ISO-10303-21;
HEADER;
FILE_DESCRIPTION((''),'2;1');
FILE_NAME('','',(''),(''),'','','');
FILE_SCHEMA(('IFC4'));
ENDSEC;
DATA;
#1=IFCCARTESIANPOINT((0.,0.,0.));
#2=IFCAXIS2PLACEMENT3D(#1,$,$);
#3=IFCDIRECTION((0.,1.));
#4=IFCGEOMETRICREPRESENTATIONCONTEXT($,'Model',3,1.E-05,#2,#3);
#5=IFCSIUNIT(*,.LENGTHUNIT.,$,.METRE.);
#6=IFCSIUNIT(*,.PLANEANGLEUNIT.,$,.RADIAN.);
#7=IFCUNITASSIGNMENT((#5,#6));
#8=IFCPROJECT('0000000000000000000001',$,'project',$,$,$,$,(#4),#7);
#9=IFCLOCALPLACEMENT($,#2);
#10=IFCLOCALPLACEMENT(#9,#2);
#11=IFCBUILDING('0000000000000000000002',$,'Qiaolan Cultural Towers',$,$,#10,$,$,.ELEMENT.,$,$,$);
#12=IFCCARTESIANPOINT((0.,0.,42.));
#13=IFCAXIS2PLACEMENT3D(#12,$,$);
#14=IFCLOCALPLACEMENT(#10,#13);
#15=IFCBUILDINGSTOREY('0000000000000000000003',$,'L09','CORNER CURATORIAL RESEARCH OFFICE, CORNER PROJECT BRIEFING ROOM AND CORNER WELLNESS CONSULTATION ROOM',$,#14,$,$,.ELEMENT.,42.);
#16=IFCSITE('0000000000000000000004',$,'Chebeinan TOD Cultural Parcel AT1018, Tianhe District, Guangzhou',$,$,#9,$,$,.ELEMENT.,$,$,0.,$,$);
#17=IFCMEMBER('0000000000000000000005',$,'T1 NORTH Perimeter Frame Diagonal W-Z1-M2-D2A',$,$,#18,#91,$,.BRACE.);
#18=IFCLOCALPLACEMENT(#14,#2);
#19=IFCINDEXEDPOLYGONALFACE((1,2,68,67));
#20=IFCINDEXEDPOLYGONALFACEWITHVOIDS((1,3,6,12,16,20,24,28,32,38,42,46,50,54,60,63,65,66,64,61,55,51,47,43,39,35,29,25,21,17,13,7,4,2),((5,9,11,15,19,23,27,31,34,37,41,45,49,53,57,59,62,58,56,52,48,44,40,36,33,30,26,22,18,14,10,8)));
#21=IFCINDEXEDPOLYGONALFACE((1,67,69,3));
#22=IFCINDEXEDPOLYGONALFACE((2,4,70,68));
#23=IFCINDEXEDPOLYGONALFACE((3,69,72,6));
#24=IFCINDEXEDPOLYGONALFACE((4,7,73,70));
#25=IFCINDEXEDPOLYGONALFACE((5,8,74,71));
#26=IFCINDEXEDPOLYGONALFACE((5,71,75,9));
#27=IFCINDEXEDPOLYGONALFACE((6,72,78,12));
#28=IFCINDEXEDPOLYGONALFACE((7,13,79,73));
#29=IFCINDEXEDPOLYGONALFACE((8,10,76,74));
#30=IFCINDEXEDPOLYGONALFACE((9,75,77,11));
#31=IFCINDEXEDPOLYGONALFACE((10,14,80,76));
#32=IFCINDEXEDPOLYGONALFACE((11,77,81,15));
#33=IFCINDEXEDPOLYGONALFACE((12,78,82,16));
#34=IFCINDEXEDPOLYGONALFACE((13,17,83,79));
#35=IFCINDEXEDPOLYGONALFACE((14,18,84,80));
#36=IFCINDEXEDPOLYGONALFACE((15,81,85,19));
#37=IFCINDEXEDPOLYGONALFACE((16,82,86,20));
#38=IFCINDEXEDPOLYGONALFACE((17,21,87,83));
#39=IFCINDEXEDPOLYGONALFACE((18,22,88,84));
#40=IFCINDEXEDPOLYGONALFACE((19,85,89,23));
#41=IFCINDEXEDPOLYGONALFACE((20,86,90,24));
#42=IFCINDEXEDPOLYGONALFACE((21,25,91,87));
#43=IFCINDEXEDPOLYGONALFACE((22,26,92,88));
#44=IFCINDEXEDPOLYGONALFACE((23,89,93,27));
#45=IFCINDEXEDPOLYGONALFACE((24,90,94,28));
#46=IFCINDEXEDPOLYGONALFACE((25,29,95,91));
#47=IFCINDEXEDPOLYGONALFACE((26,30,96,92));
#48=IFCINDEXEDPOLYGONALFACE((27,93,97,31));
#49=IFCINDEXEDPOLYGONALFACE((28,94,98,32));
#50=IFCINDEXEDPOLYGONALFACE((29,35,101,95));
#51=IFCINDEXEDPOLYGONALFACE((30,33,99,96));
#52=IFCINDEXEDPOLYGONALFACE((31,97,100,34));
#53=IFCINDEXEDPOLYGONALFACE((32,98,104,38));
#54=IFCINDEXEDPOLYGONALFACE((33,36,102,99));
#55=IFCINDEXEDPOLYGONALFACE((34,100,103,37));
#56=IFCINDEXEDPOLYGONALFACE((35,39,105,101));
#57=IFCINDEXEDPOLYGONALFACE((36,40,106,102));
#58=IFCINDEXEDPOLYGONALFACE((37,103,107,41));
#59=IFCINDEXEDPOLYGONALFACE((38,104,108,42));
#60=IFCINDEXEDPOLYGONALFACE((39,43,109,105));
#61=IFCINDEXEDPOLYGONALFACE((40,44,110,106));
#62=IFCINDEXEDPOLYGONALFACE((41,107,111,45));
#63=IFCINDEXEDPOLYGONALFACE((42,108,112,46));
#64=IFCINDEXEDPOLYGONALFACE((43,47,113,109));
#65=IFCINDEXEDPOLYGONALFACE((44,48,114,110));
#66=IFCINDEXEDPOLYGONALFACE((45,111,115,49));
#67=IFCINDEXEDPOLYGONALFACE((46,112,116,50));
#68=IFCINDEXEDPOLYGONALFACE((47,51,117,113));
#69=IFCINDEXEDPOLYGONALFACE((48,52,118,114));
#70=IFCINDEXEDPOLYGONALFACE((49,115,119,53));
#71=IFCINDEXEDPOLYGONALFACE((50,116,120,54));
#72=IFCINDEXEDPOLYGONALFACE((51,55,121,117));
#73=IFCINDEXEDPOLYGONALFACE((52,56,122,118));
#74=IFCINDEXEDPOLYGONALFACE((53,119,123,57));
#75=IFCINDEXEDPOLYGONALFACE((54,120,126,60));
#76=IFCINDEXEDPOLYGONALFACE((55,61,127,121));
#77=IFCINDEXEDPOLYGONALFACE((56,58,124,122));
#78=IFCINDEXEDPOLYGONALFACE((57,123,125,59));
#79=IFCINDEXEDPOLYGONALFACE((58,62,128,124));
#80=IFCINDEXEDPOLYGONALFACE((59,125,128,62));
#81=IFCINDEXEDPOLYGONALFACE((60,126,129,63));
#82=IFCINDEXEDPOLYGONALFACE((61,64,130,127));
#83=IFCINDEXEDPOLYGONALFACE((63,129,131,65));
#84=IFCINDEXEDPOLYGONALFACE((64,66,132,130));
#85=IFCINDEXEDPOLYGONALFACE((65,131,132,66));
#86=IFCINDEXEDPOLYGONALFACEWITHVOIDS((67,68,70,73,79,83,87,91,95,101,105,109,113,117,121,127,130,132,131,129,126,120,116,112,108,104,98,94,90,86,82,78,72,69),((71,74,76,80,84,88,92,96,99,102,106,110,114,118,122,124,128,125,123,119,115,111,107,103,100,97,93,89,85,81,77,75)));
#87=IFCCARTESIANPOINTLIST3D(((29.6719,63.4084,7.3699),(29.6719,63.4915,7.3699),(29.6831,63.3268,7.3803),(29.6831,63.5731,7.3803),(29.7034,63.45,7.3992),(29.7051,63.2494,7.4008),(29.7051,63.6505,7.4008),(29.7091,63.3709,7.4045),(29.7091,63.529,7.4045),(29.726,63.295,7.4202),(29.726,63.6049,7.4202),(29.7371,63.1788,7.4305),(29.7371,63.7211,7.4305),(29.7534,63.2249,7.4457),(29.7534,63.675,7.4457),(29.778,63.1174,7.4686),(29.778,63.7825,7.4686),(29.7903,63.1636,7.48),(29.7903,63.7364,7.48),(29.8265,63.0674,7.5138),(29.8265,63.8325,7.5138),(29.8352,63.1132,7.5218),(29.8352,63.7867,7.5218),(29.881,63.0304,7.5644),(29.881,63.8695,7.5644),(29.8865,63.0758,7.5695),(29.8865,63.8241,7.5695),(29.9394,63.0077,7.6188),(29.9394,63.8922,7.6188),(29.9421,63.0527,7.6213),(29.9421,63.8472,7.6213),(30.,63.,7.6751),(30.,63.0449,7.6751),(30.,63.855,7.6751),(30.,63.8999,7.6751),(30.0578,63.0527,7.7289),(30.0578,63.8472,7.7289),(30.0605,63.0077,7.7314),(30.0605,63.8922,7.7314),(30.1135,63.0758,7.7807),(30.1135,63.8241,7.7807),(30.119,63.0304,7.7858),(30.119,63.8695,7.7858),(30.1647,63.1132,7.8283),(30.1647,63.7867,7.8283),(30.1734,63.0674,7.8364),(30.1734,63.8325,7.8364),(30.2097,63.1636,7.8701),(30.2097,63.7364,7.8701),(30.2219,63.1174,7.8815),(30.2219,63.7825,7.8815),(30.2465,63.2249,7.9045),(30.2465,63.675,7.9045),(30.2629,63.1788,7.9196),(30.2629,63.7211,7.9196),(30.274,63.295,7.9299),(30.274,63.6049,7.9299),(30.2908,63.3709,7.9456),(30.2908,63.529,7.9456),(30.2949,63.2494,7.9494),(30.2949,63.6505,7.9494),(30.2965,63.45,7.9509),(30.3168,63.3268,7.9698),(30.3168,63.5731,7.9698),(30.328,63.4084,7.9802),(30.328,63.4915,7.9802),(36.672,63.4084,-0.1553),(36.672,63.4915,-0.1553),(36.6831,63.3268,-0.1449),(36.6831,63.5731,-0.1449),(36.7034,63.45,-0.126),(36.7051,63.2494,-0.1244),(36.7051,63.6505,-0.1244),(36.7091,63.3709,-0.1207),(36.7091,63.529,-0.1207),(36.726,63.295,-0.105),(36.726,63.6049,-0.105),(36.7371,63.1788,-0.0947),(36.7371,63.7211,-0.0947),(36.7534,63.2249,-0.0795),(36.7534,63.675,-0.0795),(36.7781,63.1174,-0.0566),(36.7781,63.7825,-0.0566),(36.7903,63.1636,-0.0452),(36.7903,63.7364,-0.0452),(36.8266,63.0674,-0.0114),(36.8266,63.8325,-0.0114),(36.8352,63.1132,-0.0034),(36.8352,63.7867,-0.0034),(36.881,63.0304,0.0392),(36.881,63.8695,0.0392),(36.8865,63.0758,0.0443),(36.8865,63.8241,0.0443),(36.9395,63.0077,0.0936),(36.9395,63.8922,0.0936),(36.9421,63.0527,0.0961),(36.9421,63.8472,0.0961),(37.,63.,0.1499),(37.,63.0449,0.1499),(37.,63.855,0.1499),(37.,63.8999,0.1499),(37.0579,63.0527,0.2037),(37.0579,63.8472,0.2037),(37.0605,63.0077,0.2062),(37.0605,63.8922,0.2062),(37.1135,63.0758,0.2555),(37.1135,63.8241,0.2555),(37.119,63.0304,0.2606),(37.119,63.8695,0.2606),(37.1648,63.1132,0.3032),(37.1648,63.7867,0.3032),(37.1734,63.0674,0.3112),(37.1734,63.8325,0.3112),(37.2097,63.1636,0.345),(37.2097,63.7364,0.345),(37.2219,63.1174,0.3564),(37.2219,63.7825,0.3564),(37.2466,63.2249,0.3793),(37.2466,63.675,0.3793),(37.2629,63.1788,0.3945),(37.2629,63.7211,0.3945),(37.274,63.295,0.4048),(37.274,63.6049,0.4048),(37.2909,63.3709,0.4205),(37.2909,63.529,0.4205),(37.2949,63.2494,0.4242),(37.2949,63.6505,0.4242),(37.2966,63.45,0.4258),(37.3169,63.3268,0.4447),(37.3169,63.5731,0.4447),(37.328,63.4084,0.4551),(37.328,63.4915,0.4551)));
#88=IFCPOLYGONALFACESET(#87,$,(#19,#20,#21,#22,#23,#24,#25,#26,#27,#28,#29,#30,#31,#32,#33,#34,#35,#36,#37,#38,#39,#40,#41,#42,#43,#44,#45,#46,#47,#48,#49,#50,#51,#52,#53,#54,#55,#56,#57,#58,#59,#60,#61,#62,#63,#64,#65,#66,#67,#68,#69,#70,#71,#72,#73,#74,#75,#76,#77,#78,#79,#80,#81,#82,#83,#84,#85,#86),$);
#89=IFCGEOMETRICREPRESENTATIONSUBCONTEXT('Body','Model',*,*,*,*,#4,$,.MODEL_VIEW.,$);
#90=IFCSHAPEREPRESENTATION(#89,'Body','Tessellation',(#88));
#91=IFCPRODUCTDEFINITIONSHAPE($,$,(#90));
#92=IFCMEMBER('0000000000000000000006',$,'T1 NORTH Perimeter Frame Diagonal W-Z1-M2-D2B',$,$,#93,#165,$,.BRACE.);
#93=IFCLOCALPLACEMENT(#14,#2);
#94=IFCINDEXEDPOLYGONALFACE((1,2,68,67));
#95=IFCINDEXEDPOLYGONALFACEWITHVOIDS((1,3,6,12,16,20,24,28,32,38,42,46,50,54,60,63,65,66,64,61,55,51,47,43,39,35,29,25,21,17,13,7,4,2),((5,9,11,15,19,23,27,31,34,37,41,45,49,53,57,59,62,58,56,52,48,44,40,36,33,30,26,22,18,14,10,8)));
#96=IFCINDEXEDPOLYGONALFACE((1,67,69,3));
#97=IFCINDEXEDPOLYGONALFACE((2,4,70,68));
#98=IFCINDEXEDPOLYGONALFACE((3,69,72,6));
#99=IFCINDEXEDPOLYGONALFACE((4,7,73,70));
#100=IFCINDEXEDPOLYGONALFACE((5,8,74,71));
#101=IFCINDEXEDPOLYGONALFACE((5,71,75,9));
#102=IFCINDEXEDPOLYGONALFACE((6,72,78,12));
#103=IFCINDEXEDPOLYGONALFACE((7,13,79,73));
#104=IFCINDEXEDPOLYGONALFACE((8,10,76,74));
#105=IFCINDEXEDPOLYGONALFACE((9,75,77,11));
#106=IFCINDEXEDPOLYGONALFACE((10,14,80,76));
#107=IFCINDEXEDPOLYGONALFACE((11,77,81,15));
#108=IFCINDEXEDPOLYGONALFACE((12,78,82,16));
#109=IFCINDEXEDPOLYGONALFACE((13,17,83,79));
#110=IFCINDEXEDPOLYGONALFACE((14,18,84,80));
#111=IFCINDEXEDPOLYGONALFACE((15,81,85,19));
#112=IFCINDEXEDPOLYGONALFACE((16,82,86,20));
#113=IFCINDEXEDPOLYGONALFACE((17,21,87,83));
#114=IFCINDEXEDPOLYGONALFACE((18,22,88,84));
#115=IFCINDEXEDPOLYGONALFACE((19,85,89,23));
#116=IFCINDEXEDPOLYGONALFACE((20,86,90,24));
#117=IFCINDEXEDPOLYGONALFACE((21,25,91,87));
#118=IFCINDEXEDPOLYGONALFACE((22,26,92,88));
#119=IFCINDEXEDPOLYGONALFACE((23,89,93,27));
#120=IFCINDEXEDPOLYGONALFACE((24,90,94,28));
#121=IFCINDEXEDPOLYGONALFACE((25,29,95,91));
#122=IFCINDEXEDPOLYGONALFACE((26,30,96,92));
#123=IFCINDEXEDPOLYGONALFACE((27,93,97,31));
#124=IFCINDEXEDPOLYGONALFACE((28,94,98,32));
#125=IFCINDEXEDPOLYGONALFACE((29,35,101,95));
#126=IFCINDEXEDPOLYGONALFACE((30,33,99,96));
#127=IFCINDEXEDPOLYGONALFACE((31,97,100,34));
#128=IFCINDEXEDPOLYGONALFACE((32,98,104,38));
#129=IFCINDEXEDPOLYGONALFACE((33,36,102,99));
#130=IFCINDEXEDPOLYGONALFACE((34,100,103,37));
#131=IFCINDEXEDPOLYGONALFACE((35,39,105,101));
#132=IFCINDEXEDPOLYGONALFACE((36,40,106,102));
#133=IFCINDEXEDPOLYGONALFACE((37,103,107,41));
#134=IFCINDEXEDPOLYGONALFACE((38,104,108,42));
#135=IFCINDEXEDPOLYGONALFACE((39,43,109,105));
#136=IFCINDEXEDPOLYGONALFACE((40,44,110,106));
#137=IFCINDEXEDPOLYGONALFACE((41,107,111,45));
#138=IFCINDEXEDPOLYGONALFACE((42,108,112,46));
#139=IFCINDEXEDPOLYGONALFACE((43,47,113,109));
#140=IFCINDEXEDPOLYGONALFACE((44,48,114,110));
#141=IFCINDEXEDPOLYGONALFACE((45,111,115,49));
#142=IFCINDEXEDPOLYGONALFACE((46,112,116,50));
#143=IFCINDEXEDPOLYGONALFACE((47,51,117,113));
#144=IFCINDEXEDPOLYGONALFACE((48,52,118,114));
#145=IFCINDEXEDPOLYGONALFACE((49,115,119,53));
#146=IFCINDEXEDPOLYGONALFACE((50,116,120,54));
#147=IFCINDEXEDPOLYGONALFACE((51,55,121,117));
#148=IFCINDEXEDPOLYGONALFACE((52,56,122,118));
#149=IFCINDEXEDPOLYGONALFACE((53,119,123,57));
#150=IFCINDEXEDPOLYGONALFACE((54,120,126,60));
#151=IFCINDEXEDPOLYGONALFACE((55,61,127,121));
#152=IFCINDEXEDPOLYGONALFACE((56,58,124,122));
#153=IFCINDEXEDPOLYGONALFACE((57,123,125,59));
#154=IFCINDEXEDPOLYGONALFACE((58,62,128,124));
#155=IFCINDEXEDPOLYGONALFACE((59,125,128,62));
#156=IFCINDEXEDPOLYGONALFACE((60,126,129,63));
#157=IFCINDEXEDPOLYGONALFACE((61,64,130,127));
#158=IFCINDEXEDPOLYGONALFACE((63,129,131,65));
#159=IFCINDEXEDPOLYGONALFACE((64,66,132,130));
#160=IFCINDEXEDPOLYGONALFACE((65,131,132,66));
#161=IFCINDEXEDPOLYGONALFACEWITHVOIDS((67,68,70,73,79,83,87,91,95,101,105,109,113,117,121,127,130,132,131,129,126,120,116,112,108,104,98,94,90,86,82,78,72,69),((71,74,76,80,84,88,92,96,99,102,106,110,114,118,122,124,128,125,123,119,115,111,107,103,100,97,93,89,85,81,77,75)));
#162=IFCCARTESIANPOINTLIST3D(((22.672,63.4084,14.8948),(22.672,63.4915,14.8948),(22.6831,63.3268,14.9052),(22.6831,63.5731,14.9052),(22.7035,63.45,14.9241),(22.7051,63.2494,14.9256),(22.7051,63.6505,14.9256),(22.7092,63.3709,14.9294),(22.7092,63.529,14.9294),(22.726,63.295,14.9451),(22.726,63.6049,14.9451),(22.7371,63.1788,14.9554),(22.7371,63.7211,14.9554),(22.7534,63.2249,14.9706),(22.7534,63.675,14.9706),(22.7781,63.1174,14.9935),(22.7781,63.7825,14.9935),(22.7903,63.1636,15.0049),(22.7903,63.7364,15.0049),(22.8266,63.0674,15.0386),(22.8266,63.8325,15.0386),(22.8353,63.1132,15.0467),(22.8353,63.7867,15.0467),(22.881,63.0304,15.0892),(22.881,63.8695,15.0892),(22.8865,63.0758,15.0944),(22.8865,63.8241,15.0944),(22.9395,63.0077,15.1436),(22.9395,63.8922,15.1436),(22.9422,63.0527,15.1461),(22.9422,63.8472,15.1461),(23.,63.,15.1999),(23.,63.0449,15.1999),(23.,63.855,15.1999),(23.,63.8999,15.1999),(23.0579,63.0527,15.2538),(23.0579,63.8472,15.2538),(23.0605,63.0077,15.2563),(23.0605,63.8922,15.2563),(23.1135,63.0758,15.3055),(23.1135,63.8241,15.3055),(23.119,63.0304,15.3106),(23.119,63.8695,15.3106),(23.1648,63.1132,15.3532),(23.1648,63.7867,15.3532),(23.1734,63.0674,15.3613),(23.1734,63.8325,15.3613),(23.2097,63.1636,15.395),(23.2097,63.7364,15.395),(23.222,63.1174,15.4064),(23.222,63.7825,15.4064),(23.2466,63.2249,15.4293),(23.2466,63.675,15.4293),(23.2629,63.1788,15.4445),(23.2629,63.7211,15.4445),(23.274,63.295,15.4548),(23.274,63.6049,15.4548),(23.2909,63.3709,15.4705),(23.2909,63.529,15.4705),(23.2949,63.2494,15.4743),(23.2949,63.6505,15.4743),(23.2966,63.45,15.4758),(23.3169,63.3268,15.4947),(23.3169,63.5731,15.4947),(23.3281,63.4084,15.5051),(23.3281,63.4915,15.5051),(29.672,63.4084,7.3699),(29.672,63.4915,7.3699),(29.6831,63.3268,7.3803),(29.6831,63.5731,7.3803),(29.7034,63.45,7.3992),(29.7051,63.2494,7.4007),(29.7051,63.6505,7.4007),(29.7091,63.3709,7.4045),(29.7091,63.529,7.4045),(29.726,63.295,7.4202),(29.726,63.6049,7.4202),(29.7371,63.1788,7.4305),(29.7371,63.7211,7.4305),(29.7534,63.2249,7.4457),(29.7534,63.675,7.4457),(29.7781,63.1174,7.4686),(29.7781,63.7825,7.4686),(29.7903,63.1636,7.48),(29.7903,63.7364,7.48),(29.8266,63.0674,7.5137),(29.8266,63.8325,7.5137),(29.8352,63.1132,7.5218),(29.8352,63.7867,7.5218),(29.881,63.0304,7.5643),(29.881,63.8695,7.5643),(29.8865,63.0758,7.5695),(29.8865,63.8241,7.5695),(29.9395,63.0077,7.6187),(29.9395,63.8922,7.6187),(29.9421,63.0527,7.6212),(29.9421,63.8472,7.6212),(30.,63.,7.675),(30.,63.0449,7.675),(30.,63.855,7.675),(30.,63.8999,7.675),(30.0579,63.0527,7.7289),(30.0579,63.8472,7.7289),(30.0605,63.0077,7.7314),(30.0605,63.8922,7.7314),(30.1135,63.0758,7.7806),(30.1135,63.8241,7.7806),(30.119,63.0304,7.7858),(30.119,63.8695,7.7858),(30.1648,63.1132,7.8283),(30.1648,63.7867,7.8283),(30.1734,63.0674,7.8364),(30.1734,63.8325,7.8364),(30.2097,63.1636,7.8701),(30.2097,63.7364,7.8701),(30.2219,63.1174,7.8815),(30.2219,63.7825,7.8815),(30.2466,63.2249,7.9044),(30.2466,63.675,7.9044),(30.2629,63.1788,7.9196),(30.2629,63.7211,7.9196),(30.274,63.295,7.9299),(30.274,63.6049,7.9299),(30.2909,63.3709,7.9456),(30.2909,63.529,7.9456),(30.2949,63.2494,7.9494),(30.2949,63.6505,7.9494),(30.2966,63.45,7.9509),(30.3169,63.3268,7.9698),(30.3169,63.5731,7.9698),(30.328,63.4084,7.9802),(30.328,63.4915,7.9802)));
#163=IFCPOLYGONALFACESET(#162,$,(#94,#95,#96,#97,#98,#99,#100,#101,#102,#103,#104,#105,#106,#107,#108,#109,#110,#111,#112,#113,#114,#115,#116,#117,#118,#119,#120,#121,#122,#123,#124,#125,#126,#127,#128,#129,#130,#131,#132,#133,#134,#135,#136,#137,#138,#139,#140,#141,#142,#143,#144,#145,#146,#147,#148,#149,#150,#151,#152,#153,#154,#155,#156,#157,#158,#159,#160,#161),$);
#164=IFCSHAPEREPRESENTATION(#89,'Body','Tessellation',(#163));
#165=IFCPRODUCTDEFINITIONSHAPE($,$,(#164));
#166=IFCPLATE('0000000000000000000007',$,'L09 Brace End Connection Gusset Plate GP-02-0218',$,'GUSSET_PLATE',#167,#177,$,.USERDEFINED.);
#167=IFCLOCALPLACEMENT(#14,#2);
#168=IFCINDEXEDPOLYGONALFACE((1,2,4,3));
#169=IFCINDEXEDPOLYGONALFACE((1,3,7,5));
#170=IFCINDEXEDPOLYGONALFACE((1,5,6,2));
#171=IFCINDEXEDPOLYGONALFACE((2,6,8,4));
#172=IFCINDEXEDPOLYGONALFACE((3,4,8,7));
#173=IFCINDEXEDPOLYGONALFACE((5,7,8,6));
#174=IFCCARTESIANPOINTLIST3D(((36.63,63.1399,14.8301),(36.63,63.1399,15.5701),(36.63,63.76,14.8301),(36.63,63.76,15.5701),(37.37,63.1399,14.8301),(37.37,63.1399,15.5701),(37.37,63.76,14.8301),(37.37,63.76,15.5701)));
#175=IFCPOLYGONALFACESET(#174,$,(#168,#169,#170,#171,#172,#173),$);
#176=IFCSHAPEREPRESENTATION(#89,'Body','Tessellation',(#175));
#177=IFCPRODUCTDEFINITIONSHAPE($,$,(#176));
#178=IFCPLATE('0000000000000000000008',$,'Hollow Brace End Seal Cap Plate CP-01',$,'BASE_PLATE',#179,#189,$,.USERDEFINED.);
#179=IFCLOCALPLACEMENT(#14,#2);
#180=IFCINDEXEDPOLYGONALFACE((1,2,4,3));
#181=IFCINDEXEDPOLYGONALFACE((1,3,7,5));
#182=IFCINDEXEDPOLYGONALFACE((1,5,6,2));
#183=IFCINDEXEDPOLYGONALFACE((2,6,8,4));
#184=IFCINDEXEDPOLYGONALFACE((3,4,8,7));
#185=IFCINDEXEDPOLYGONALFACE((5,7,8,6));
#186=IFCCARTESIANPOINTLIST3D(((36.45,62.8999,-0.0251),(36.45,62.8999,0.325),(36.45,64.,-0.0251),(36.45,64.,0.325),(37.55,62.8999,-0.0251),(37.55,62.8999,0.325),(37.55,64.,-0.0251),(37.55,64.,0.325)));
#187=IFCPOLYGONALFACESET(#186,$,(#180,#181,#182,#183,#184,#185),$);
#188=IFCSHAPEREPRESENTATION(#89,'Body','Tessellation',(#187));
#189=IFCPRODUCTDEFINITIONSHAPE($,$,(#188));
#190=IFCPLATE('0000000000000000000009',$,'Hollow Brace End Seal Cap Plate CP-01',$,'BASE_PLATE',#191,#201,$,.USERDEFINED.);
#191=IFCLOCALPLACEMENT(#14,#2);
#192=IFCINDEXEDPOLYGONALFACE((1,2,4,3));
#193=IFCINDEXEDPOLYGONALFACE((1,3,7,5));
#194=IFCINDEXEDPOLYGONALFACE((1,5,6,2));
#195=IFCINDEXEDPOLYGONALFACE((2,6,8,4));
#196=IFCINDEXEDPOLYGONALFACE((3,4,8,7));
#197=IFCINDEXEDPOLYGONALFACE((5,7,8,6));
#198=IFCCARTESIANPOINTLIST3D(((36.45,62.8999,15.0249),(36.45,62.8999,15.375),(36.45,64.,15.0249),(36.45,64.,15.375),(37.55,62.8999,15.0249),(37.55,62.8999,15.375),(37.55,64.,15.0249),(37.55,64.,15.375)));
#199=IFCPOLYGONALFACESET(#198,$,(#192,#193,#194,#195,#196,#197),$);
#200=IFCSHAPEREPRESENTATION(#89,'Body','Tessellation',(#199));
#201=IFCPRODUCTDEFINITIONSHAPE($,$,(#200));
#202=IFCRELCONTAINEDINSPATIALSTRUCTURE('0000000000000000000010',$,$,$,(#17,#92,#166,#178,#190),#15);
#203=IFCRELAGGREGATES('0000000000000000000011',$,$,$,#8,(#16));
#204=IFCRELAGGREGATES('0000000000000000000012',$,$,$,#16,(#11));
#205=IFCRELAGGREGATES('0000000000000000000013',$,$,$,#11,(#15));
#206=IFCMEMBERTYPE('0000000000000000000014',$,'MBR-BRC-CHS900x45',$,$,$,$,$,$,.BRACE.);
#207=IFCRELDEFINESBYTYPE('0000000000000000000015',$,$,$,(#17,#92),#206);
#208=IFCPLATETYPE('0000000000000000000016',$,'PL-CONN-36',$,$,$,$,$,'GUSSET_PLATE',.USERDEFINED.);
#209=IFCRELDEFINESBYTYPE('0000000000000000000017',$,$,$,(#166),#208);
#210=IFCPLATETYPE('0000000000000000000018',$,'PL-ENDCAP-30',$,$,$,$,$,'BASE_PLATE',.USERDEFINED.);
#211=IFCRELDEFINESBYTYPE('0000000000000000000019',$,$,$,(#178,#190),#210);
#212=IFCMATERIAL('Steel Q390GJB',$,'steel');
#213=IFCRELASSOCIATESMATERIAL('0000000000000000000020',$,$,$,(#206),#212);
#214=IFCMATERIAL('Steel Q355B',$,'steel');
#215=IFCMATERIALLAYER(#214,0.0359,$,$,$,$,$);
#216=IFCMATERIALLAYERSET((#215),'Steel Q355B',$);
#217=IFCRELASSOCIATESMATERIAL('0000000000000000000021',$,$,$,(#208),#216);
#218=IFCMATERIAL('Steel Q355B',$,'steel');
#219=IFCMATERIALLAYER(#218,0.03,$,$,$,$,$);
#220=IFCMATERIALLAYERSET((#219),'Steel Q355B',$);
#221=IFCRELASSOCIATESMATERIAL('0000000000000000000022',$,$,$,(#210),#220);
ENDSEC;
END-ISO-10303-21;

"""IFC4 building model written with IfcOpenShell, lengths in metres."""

from ifc_helpers import new_model, si_unit, direction, frame, origin, origin_2d, place, context, subcontext, project, spatial, rectangle, hollow_circle, extrude, material, layer, layer_set, material_profile, profile_set, type_object, element, save


model = new_model("IFC4")

# Units and contexts
model_context = context("Model", 3, precision=1e-05, world=origin(), true_north=direction((0.0, 1.0)))
body_context = subcontext(model_context, "Body", "Model", "MODEL_VIEW")
ifc_project = project(units=[si_unit("LENGTHUNIT", "METRE"), si_unit("PLANEANGLEUNIT", "RADIAN")], contexts=[model_context])

# Site, building, storey
site_placement = place(None, origin())
site = spatial("IfcSite", under=ifc_project, at=site_placement, Name="Chebeinan TOD Cultural Parcel AT1018, Tianhe District, Guangzhou", CompositionType="ELEMENT", RefElevation=0.0)
building_placement = place(site_placement, origin())
building = spatial("IfcBuilding", under=site, at=building_placement, Name="Qiaolan Cultural Towers", CompositionType="ELEMENT")
storey_placement = place(building_placement, frame((0.0, 0.0, 42.0)))
storey = spatial("IfcBuildingStorey", under=building, at=storey_placement, Name="L09", Description="CORNER CURATORIAL RESEARCH OFFICE, CORNER PROJECT BRIEFING ROOM AND CORNER WELLNESS CONSULTATION ROOM", CompositionType="ELEMENT", Elevation=42.0)

# Members
ifc_material_1 = material(Name="Steel Q390GJB", Category="steel")
ifc_material_profile_1 = material_profile(ifc_material_1, hollow_circle(Radius=0.45, WallThickness=0.0449, at=origin_2d()), Name="CHS900x45")
ifc_profile_set_1 = profile_set([ifc_material_profile_1], Name="Steel Q390GJB")
member_type = type_object("IfcMemberType", Name="MBR-BRC-CHS900x45", PredefinedType="BRACE", material=ifc_profile_set_1)
member_1_placement = place(storey_placement, frame((37.0, 63.45, 0.1499), z_axis=(-0.681097, 0.0, 0.732193), x_axis=(0.0, -1.0, 0.0)))
element("IfcMember", 1, at=member_1_placement, inside=storey, type_object=member_type, Name="T1 NORTH Perimeter Frame Diagonal W-Z1-M2-D2A", PredefinedType="BRACE", context=body_context, shape_type="SweptSolid", body=[
    extrude(hollow_circle(Radius=0.45, WallThickness=0.0449, at=origin_2d()), origin(), (0.0, 0.0, 1.0), 10.2776),
])
member_2_placement = place(storey_placement, frame((30.0, 63.45, 7.675), z_axis=(-0.681109, 0.0, 0.732182), x_axis=(0.0, -1.0, 0.0)))
element("IfcMember", 2, at=member_2_placement, inside=storey, type_object=member_type, Name="T1 NORTH Perimeter Frame Diagonal W-Z1-M2-D2B", PredefinedType="BRACE", context=body_context, shape_type="SweptSolid", body=[
    extrude(hollow_circle(Radius=0.45, WallThickness=0.0449, at=origin_2d()), origin(), (0.0, 0.0, 1.0), 10.2773),
])

# Plates
ifc_material_2 = material(Name="Steel Q355B", Category="steel")
ifc_layer_1 = layer(ifc_material_2, 0.0359)
ifc_layer_set_1 = layer_set([ifc_layer_1], Name="Steel Q355B")
plate_type_1 = type_object("IfcPlateType", Name="PL-CONN-36", ElementType="GUSSET_PLATE", PredefinedType="USERDEFINED", material=ifc_layer_set_1)
plate_1_placement = place(storey_placement, frame((37.0, 63.45, 14.8301), z_axis=(0.0, 0.0, 1.0), x_axis=(1.0, 0.0, 0.0)))
element("IfcPlate", 3, at=plate_1_placement, inside=storey, type_object=plate_type_1, Name="L09 Brace End Connection Gusset Plate GP-02-0218", ObjectType="GUSSET_PLATE", PredefinedType="USERDEFINED", context=body_context, shape_type="SweptSolid", body=[
    extrude(rectangle(XDim=0.74, YDim=0.6201, at=origin_2d()), origin(), (0.0, 0.0, 1.0), 0.74),
])
ifc_material_3 = material(Name="Steel Q355B", Category="steel")
ifc_layer_2 = layer(ifc_material_3, 0.03)
ifc_layer_set_2 = layer_set([ifc_layer_2], Name="Steel Q355B")
plate_type_2 = type_object("IfcPlateType", Name="PL-ENDCAP-30", ElementType="BASE_PLATE", PredefinedType="USERDEFINED", material=ifc_layer_set_2)
for number, where, z_axis, x_axis, name in (
    (4, (37.0, 63.45, -0.0251), (0.0, 0.0, 1.0), (1.0, 0.0, 0.0), "Hollow Brace End Seal Cap Plate CP-01"),
    (5, (37.0, 63.45, 15.0249), (0.0, 0.0, 1.0), (1.0, 0.0, 0.0), "Hollow Brace End Seal Cap Plate CP-01"),
):
    element("IfcPlate", number, at=place(storey_placement, frame(where, z_axis=z_axis, x_axis=x_axis)), inside=storey, type_object=plate_type_2, Name=name, ObjectType="BASE_PLATE", PredefinedType="USERDEFINED", context=body_context, shape_type="SweptSolid", body=[
        extrude(rectangle(XDim=1.1001, YDim=1.1001, at=origin_2d()), origin(), (0.0, 0.0, 1.0), 0.3501),
    ])

save(model, "model.ifc")
